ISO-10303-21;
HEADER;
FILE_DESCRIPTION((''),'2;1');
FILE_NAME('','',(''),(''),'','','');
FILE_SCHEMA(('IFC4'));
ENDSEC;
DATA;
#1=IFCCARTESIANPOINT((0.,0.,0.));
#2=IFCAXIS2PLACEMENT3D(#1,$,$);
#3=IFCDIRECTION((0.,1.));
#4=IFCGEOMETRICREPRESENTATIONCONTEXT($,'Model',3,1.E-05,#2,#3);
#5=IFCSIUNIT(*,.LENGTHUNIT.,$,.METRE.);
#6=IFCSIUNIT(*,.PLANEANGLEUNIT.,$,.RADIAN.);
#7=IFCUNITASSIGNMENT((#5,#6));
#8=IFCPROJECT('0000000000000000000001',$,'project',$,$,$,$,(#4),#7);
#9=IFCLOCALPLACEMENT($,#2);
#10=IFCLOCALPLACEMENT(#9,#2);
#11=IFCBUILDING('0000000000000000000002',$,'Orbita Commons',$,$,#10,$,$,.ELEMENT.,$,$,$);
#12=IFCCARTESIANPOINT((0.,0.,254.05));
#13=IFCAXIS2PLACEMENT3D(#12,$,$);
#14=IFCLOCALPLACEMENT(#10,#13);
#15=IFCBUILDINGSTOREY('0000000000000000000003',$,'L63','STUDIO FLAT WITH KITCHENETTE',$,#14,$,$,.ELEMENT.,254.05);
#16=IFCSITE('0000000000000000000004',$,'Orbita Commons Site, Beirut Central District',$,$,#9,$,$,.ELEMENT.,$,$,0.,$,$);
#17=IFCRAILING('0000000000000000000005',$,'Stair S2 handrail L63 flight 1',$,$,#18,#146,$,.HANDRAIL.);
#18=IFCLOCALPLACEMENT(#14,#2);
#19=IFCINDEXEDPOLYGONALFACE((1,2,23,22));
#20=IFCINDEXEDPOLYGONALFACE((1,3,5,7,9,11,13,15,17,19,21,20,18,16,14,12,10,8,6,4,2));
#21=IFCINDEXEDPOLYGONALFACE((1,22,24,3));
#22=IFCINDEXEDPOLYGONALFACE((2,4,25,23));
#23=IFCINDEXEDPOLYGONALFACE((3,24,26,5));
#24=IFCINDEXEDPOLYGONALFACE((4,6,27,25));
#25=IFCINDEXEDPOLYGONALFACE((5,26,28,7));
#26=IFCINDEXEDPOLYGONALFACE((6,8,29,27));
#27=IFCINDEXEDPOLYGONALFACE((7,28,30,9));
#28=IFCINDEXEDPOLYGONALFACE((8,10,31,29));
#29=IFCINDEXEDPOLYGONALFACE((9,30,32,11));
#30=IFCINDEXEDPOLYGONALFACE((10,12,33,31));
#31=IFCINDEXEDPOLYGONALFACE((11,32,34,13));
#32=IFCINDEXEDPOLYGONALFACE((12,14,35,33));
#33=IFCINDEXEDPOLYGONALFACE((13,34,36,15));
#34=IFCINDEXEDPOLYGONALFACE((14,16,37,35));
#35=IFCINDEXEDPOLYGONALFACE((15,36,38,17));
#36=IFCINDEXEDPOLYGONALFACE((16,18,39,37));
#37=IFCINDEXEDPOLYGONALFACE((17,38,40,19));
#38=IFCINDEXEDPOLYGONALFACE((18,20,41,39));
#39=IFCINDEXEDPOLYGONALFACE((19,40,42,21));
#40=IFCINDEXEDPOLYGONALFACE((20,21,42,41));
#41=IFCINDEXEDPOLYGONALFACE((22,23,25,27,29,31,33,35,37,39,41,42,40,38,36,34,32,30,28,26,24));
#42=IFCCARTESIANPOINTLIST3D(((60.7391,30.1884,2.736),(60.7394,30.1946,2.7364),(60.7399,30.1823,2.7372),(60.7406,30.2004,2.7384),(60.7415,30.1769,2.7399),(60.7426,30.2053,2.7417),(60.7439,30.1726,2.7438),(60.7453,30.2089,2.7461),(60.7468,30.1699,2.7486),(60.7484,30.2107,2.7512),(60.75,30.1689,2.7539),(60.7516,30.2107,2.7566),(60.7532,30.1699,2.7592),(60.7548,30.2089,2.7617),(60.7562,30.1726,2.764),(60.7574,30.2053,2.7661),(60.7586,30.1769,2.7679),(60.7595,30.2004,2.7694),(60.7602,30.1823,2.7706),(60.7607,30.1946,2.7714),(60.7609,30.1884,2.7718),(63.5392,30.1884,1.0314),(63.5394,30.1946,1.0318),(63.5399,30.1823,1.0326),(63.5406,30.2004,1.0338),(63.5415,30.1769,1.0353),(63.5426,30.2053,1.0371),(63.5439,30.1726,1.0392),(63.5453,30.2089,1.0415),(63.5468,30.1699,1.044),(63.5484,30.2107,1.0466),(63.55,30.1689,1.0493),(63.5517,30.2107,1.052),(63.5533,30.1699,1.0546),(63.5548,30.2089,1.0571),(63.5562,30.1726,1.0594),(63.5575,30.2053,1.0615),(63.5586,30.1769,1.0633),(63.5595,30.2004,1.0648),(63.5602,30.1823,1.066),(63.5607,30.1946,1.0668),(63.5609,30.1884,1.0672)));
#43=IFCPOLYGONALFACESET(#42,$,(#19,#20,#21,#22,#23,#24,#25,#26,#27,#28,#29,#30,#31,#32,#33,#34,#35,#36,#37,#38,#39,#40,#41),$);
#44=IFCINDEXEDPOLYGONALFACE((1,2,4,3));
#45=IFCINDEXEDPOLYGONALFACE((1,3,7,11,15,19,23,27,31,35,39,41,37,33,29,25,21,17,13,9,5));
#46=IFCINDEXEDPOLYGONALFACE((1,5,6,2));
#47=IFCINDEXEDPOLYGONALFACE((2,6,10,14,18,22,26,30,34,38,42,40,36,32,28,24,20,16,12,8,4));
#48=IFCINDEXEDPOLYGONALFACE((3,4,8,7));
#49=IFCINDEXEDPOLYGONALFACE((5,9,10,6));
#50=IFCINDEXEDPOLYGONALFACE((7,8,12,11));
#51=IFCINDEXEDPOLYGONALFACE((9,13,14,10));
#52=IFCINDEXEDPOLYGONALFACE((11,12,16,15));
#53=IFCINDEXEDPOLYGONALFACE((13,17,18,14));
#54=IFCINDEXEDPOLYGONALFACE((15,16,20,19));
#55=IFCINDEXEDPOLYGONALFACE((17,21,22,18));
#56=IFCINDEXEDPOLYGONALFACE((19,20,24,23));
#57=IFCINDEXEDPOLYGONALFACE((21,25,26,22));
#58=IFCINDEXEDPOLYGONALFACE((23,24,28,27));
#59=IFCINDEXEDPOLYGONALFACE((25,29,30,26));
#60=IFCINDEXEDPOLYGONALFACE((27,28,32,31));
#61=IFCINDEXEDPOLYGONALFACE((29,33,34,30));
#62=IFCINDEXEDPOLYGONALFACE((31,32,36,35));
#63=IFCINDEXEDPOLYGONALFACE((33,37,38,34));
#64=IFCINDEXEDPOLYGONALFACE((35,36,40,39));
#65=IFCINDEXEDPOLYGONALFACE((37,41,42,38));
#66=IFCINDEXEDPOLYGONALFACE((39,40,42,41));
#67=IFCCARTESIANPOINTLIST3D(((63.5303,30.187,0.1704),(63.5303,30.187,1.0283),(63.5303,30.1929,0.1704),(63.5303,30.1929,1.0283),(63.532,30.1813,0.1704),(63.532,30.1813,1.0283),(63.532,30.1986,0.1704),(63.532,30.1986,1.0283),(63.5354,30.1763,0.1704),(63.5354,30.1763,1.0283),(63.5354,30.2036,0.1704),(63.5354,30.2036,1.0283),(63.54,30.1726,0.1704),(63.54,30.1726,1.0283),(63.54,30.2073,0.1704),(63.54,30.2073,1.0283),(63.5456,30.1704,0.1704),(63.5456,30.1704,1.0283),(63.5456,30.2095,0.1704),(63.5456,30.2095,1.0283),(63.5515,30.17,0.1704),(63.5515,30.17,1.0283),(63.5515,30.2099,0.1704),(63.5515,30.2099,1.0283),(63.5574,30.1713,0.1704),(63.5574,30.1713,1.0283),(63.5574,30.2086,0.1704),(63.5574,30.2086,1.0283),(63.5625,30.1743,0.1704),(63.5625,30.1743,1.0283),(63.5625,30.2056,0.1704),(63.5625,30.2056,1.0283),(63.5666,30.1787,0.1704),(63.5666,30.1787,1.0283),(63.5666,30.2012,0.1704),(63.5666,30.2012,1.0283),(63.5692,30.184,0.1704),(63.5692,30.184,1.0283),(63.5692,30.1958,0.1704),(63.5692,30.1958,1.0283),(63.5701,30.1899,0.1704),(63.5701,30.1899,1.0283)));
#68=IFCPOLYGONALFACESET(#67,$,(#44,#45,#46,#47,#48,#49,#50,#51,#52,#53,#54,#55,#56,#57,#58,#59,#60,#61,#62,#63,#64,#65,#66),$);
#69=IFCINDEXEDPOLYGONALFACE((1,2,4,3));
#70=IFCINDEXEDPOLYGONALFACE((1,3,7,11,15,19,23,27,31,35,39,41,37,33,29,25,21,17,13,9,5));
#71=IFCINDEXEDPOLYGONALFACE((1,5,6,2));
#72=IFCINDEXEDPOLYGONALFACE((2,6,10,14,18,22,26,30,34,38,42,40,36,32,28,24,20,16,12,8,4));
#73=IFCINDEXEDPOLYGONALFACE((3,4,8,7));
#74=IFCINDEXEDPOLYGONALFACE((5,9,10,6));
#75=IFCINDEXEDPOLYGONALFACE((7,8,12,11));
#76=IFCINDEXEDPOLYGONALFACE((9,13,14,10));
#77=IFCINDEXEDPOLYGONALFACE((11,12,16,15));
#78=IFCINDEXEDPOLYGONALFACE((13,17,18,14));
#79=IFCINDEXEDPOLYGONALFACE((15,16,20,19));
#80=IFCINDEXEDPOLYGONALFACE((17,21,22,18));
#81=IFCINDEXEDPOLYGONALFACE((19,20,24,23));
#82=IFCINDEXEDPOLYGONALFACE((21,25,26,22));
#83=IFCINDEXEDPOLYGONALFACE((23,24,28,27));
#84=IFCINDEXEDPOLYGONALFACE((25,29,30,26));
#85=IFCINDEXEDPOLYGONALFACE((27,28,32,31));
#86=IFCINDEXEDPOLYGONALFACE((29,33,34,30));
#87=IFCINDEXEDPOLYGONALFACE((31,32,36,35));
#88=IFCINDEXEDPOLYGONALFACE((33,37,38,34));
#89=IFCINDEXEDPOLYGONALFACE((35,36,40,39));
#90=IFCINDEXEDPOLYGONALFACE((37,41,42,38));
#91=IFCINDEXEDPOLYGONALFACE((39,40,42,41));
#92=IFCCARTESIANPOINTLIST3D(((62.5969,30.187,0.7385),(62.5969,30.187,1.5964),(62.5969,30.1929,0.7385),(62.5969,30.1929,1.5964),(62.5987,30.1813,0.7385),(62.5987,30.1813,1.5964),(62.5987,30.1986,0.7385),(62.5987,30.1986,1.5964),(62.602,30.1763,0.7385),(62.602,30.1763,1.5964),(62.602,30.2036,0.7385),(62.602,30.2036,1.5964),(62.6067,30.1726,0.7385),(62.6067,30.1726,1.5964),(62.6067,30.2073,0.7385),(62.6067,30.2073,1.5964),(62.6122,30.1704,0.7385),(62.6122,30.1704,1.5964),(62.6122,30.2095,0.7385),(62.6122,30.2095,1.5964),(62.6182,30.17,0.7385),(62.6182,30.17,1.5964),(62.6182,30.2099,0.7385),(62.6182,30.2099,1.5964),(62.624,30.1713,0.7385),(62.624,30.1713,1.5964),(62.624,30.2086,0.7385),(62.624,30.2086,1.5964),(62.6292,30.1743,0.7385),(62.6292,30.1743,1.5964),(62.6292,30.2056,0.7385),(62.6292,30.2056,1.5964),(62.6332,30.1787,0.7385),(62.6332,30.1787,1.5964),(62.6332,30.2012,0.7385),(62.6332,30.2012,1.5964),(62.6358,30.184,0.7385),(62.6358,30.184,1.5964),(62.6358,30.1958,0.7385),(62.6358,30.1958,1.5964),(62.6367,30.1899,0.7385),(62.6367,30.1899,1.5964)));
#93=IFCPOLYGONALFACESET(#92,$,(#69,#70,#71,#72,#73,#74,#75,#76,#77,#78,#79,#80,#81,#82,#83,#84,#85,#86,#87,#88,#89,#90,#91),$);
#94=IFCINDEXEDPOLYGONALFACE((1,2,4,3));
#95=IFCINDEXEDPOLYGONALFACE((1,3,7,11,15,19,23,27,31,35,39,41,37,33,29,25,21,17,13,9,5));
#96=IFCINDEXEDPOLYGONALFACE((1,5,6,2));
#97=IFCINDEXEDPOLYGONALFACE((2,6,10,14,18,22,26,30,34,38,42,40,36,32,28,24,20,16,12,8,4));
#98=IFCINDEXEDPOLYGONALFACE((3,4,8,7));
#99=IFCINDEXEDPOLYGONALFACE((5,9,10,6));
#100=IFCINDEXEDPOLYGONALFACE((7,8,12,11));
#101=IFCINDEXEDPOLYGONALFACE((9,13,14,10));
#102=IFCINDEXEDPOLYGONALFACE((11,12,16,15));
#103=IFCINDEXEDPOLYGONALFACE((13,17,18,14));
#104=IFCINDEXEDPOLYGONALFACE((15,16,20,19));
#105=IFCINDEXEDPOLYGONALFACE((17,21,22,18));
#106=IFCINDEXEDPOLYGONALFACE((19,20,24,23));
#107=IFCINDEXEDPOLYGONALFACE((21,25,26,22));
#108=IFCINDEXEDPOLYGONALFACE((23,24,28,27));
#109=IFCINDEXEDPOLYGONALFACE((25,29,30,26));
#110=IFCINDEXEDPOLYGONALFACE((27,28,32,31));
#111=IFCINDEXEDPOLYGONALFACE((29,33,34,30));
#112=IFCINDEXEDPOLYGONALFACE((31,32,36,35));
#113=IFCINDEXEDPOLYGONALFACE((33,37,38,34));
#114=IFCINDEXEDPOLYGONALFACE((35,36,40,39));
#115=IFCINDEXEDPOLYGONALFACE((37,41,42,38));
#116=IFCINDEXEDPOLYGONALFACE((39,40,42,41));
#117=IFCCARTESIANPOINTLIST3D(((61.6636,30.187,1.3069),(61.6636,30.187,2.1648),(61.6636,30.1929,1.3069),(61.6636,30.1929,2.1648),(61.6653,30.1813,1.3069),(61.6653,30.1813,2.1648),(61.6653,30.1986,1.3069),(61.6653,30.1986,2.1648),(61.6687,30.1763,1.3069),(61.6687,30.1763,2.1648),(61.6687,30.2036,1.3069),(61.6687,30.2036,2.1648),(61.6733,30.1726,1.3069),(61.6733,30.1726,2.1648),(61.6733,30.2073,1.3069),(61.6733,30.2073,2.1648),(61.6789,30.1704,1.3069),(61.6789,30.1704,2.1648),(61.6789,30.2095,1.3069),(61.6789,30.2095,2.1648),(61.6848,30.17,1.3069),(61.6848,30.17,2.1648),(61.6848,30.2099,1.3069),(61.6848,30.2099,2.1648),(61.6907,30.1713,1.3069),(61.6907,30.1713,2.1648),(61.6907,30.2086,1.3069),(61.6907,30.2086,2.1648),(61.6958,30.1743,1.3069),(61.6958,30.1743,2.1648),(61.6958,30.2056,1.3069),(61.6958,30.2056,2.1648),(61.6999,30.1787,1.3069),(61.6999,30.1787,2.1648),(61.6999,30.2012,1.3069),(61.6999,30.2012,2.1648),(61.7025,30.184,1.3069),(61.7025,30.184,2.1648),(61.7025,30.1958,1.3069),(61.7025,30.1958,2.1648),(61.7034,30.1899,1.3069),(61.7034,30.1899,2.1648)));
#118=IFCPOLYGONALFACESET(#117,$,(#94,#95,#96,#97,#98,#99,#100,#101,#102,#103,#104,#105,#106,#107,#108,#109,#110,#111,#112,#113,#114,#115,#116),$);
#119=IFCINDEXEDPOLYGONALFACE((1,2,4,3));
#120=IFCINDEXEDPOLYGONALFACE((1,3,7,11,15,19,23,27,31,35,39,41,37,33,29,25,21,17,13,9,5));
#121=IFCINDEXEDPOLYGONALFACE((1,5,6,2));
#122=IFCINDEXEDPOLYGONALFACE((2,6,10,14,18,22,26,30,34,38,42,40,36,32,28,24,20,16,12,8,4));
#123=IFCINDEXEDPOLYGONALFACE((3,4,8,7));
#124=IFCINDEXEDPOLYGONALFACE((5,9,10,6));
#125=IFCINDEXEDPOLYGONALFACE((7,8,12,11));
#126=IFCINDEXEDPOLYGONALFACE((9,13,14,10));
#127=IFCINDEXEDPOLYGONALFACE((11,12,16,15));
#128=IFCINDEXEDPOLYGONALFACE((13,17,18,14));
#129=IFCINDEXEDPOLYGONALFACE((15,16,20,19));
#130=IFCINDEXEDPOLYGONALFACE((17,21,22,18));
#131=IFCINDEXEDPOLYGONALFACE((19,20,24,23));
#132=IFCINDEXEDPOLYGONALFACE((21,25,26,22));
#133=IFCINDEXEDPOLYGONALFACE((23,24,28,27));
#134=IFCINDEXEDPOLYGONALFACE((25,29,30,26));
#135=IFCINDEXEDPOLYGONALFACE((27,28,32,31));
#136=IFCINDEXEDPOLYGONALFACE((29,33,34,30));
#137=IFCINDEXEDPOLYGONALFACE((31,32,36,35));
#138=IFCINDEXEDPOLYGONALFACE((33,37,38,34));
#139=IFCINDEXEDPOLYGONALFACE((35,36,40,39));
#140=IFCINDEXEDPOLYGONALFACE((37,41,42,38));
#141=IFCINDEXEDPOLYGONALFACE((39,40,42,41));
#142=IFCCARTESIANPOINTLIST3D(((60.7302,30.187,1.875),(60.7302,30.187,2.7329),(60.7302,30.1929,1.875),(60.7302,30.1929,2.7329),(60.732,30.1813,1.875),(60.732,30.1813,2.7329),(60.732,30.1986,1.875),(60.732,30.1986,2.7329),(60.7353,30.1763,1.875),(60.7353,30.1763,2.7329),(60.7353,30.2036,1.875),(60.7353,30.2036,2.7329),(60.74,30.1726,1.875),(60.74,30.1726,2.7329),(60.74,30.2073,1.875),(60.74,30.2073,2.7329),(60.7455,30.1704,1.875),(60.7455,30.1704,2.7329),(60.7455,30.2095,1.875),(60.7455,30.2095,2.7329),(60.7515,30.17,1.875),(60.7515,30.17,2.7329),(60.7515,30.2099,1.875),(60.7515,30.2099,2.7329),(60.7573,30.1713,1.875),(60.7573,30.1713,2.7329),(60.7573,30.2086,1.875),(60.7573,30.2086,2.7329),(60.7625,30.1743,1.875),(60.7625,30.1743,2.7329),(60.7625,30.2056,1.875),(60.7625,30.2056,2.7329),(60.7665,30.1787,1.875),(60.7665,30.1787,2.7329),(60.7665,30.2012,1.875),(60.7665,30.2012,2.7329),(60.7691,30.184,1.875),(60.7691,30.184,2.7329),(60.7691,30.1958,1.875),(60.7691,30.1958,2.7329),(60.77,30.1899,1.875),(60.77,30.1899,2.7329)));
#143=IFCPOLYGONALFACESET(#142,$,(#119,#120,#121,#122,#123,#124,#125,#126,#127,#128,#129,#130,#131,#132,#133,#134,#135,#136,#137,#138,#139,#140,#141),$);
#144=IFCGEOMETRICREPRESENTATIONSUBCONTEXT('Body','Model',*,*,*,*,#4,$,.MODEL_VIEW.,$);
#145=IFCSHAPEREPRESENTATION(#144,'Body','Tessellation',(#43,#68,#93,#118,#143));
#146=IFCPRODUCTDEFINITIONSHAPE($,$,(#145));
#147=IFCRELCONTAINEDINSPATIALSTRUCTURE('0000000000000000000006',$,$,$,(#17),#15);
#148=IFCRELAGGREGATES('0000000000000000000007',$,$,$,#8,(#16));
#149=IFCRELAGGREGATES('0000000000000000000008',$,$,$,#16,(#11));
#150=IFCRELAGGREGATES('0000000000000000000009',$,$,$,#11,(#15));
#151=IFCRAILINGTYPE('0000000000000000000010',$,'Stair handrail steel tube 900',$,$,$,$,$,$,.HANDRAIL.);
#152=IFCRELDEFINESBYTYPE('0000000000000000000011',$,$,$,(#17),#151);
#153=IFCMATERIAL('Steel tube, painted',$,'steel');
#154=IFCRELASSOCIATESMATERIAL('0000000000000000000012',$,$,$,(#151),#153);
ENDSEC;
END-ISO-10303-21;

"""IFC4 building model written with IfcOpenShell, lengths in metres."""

from ifc_helpers import new_model, si_unit, direction, frame, origin, origin_2d, place, context, subcontext, project, spatial, circle, extrude, material, type_object, element, save


model = new_model("IFC4")

# Units and contexts
model_context = context("Model", 3, precision=1e-05, world=origin(), true_north=direction((0.0, 1.0)))
body_context = subcontext(model_context, "Body", "Model", "MODEL_VIEW")
ifc_project = project(units=[si_unit("LENGTHUNIT", "METRE"), si_unit("PLANEANGLEUNIT", "RADIAN")], contexts=[model_context])

# Site, building, storey
site_placement = place(None, origin())
site = spatial("IfcSite", under=ifc_project, at=site_placement, Name="Orbita Commons Site, Beirut Central District", CompositionType="ELEMENT", RefElevation=0.0)
building_placement = place(site_placement, origin())
building = spatial("IfcBuilding", under=site, at=building_placement, Name="Orbita Commons", CompositionType="ELEMENT")
storey_placement = place(building_placement, frame((0.0, 0.0, 254.05)))
storey = spatial("IfcBuildingStorey", under=building, at=storey_placement, Name="L63", Description="STUDIO FLAT WITH KITCHENETTE", CompositionType="ELEMENT", Elevation=254.05)

# Railing
ifc_material_1 = material(Name="Steel tube, painted", Category="steel")
railing_type = type_object("IfcRailingType", Name="Stair handrail steel tube 900", PredefinedType="HANDRAIL", material=ifc_material_1)
for number, where, name in (
    (1, (63.55, 30.1899, 0.1704), "Stair S2 handrail L63 flight 1"),
):
    element("IfcRailing", number, at=place(storey_placement, frame(where)), inside=storey, type_object=railing_type, Name=name, PredefinedType="HANDRAIL", context=body_context, shape_type="SweptSolid", body=[
        extrude(circle(Radius=0.021, at=origin_2d()), frame((0.0, 0.0, 0.8789), z_axis=(-0.85417, 0.0, 0.519994), x_axis=(0.0, -1.0, 0.0)), (0.0, 0.0, 1.0), 3.2781),
        extrude(circle(Radius=0.02, at=origin_2d()), origin(), (0.0, 0.0, 1.0), 0.8579),
        extrude(circle(Radius=0.02, at=origin_2d()), frame((-0.9333, 0.0, 0.5681)), (0.0, 0.0, 1.0), 0.8579),
        extrude(circle(Radius=0.02, at=origin_2d()), frame((-1.8667, 0.0, 1.1365)), (0.0, 0.0, 1.0), 0.8579),
        extrude(circle(Radius=0.02, at=origin_2d()), frame((-2.8, 0.0, 1.7046)), (0.0, 0.0, 1.0), 0.8579),
    ])

save(model, "model.ifc")
